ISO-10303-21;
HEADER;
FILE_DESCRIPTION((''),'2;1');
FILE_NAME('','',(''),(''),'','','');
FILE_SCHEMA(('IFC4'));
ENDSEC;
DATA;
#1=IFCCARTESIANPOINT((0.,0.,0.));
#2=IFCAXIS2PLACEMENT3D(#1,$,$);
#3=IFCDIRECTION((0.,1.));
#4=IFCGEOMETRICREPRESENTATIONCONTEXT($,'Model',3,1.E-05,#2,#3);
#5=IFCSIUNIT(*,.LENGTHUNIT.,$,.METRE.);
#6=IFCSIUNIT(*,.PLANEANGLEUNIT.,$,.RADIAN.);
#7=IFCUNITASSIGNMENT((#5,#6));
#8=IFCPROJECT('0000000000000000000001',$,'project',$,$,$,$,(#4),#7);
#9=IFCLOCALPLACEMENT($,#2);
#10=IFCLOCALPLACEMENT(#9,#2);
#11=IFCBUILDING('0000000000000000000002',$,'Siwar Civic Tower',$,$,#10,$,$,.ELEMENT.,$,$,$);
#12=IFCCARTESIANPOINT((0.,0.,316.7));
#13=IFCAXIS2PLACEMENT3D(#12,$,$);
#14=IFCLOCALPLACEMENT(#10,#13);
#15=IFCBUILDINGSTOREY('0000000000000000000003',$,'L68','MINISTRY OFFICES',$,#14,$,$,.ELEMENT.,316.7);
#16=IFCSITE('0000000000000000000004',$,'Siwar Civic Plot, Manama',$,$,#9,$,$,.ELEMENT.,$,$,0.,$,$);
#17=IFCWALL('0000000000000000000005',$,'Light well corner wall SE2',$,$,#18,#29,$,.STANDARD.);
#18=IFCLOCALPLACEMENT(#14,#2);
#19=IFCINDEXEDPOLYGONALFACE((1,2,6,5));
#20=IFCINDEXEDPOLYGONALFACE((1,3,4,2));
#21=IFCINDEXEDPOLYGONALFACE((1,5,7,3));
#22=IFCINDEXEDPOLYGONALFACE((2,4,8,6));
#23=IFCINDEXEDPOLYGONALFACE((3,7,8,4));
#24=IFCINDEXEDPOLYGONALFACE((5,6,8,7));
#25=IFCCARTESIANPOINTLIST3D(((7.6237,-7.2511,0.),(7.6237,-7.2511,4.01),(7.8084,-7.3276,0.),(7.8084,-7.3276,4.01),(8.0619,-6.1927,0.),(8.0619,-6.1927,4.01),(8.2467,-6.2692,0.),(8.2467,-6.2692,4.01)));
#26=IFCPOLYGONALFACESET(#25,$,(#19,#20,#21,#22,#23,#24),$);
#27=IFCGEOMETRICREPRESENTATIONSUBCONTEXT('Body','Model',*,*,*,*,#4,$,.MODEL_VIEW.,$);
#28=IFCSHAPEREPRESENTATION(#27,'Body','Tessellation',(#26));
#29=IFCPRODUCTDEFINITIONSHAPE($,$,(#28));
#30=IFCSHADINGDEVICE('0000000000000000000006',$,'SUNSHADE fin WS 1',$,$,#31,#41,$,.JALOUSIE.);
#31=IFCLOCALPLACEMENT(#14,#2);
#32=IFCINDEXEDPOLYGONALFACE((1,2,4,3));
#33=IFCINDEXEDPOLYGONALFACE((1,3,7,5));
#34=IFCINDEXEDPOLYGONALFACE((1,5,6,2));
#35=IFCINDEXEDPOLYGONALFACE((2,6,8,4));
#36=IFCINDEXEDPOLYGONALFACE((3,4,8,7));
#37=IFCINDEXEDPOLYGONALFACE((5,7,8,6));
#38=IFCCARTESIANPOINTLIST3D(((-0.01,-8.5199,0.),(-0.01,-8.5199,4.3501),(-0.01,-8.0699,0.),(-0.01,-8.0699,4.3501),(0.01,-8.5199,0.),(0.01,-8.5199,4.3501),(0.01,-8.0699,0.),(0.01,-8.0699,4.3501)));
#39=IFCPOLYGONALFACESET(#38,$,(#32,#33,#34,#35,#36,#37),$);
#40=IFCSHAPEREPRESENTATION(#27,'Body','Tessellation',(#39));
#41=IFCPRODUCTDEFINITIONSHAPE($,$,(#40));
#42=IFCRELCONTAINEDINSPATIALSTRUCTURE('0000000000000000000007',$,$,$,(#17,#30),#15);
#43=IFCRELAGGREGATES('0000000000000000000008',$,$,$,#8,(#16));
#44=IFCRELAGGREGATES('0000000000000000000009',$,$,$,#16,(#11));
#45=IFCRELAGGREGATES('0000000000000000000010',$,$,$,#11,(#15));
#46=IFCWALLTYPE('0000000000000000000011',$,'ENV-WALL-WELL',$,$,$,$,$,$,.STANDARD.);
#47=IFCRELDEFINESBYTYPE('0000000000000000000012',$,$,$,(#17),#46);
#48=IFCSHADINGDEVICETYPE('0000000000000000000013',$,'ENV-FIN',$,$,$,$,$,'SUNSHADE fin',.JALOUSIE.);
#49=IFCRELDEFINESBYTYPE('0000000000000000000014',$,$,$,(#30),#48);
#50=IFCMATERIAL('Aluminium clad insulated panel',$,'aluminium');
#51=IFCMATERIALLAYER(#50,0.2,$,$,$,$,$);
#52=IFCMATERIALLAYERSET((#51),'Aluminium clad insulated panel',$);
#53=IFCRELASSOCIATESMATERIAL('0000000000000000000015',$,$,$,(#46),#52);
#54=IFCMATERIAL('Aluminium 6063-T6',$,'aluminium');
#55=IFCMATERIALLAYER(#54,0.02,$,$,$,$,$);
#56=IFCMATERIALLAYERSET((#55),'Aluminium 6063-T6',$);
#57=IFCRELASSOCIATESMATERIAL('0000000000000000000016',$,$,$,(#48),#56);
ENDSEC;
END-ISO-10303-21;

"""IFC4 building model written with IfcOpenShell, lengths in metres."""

from ifc_helpers import new_model, si_unit, direction, frame, frame_2d, origin, origin_2d, place, context, subcontext, project, spatial, rectangle, extrude, material, layer, layer_set, type_object, element, save


model = new_model("IFC4")

# Units and contexts
model_context = context("Model", 3, precision=1e-05, world=origin(), true_north=direction((0.0, 1.0)))
body_context = subcontext(model_context, "Body", "Model", "MODEL_VIEW")
ifc_project = project(units=[si_unit("LENGTHUNIT", "METRE"), si_unit("PLANEANGLEUNIT", "RADIAN")], contexts=[model_context])

# Site, building, storey
site_placement = place(None, origin())
site = spatial("IfcSite", under=ifc_project, at=site_placement, Name="Siwar Civic Plot, Manama", CompositionType="ELEMENT", RefElevation=0.0)
building_placement = place(site_placement, origin())
building = spatial("IfcBuilding", under=site, at=building_placement, Name="Siwar Civic Tower", CompositionType="ELEMENT")
storey_placement = place(building_placement, frame((0.0, 0.0, 316.7)))
storey = spatial("IfcBuildingStorey", under=building, at=storey_placement, Name="L68", Description="MINISTRY OFFICES", CompositionType="ELEMENT", Elevation=316.7)

# Wall
ifc_material_1 = material(Name="Aluminium clad insulated panel", Category="aluminium")
ifc_layer_1 = layer(ifc_material_1, 0.2)
ifc_layer_set_1 = layer_set([ifc_layer_1], Name="Aluminium clad insulated panel")
wall_type_1 = type_object("IfcWallType", Name="ENV-WALL-WELL", PredefinedType="STANDARD", material=ifc_layer_set_1)
wall_1_placement = place(storey_placement, frame((7.7161, -7.2893, 0.0), z_axis=(0.0, 0.0, 1.0), x_axis=(0.382571, 0.923926, 0.0)))
element("IfcWall", 1, at=wall_1_placement, inside=storey, type_object=wall_type_1, Name="Light well corner wall SE2", PredefinedType="STANDARD", context=body_context, shape_type="SweptSolid", body=[
    extrude(rectangle(XDim=1.1455, YDim=0.2, at=frame_2d((0.5728, 0.0))), origin(), (0.0, 0.0, 1.0), 4.01),
])

# Shading device
ifc_material_2 = material(Name="Aluminium 6063-T6", Category="aluminium")
ifc_layer_2 = layer(ifc_material_2, 0.02)
ifc_layer_set_2 = layer_set([ifc_layer_2], Name="Aluminium 6063-T6")
shading_device_type = type_object("IfcShadingDeviceType", Name="ENV-FIN", ElementType="SUNSHADE fin", PredefinedType="JALOUSIE", material=ifc_layer_set_2)
shading_device_placement = place(storey_placement, frame((0.0, -8.2949, 0.0), z_axis=(0.0, 0.0, 1.0), x_axis=(1.0, 0.0, 0.0)))
element("IfcShadingDevice", 2, at=shading_device_placement, inside=storey, type_object=shading_device_type, Name="SUNSHADE fin WS 1", PredefinedType="JALOUSIE", context=body_context, shape_type="SweptSolid", body=[
    extrude(rectangle(XDim=0.02, YDim=0.45, at=origin_2d()), origin(), (0.0, 0.0, 1.0), 4.3501),
])

save(model, "model.ifc")
